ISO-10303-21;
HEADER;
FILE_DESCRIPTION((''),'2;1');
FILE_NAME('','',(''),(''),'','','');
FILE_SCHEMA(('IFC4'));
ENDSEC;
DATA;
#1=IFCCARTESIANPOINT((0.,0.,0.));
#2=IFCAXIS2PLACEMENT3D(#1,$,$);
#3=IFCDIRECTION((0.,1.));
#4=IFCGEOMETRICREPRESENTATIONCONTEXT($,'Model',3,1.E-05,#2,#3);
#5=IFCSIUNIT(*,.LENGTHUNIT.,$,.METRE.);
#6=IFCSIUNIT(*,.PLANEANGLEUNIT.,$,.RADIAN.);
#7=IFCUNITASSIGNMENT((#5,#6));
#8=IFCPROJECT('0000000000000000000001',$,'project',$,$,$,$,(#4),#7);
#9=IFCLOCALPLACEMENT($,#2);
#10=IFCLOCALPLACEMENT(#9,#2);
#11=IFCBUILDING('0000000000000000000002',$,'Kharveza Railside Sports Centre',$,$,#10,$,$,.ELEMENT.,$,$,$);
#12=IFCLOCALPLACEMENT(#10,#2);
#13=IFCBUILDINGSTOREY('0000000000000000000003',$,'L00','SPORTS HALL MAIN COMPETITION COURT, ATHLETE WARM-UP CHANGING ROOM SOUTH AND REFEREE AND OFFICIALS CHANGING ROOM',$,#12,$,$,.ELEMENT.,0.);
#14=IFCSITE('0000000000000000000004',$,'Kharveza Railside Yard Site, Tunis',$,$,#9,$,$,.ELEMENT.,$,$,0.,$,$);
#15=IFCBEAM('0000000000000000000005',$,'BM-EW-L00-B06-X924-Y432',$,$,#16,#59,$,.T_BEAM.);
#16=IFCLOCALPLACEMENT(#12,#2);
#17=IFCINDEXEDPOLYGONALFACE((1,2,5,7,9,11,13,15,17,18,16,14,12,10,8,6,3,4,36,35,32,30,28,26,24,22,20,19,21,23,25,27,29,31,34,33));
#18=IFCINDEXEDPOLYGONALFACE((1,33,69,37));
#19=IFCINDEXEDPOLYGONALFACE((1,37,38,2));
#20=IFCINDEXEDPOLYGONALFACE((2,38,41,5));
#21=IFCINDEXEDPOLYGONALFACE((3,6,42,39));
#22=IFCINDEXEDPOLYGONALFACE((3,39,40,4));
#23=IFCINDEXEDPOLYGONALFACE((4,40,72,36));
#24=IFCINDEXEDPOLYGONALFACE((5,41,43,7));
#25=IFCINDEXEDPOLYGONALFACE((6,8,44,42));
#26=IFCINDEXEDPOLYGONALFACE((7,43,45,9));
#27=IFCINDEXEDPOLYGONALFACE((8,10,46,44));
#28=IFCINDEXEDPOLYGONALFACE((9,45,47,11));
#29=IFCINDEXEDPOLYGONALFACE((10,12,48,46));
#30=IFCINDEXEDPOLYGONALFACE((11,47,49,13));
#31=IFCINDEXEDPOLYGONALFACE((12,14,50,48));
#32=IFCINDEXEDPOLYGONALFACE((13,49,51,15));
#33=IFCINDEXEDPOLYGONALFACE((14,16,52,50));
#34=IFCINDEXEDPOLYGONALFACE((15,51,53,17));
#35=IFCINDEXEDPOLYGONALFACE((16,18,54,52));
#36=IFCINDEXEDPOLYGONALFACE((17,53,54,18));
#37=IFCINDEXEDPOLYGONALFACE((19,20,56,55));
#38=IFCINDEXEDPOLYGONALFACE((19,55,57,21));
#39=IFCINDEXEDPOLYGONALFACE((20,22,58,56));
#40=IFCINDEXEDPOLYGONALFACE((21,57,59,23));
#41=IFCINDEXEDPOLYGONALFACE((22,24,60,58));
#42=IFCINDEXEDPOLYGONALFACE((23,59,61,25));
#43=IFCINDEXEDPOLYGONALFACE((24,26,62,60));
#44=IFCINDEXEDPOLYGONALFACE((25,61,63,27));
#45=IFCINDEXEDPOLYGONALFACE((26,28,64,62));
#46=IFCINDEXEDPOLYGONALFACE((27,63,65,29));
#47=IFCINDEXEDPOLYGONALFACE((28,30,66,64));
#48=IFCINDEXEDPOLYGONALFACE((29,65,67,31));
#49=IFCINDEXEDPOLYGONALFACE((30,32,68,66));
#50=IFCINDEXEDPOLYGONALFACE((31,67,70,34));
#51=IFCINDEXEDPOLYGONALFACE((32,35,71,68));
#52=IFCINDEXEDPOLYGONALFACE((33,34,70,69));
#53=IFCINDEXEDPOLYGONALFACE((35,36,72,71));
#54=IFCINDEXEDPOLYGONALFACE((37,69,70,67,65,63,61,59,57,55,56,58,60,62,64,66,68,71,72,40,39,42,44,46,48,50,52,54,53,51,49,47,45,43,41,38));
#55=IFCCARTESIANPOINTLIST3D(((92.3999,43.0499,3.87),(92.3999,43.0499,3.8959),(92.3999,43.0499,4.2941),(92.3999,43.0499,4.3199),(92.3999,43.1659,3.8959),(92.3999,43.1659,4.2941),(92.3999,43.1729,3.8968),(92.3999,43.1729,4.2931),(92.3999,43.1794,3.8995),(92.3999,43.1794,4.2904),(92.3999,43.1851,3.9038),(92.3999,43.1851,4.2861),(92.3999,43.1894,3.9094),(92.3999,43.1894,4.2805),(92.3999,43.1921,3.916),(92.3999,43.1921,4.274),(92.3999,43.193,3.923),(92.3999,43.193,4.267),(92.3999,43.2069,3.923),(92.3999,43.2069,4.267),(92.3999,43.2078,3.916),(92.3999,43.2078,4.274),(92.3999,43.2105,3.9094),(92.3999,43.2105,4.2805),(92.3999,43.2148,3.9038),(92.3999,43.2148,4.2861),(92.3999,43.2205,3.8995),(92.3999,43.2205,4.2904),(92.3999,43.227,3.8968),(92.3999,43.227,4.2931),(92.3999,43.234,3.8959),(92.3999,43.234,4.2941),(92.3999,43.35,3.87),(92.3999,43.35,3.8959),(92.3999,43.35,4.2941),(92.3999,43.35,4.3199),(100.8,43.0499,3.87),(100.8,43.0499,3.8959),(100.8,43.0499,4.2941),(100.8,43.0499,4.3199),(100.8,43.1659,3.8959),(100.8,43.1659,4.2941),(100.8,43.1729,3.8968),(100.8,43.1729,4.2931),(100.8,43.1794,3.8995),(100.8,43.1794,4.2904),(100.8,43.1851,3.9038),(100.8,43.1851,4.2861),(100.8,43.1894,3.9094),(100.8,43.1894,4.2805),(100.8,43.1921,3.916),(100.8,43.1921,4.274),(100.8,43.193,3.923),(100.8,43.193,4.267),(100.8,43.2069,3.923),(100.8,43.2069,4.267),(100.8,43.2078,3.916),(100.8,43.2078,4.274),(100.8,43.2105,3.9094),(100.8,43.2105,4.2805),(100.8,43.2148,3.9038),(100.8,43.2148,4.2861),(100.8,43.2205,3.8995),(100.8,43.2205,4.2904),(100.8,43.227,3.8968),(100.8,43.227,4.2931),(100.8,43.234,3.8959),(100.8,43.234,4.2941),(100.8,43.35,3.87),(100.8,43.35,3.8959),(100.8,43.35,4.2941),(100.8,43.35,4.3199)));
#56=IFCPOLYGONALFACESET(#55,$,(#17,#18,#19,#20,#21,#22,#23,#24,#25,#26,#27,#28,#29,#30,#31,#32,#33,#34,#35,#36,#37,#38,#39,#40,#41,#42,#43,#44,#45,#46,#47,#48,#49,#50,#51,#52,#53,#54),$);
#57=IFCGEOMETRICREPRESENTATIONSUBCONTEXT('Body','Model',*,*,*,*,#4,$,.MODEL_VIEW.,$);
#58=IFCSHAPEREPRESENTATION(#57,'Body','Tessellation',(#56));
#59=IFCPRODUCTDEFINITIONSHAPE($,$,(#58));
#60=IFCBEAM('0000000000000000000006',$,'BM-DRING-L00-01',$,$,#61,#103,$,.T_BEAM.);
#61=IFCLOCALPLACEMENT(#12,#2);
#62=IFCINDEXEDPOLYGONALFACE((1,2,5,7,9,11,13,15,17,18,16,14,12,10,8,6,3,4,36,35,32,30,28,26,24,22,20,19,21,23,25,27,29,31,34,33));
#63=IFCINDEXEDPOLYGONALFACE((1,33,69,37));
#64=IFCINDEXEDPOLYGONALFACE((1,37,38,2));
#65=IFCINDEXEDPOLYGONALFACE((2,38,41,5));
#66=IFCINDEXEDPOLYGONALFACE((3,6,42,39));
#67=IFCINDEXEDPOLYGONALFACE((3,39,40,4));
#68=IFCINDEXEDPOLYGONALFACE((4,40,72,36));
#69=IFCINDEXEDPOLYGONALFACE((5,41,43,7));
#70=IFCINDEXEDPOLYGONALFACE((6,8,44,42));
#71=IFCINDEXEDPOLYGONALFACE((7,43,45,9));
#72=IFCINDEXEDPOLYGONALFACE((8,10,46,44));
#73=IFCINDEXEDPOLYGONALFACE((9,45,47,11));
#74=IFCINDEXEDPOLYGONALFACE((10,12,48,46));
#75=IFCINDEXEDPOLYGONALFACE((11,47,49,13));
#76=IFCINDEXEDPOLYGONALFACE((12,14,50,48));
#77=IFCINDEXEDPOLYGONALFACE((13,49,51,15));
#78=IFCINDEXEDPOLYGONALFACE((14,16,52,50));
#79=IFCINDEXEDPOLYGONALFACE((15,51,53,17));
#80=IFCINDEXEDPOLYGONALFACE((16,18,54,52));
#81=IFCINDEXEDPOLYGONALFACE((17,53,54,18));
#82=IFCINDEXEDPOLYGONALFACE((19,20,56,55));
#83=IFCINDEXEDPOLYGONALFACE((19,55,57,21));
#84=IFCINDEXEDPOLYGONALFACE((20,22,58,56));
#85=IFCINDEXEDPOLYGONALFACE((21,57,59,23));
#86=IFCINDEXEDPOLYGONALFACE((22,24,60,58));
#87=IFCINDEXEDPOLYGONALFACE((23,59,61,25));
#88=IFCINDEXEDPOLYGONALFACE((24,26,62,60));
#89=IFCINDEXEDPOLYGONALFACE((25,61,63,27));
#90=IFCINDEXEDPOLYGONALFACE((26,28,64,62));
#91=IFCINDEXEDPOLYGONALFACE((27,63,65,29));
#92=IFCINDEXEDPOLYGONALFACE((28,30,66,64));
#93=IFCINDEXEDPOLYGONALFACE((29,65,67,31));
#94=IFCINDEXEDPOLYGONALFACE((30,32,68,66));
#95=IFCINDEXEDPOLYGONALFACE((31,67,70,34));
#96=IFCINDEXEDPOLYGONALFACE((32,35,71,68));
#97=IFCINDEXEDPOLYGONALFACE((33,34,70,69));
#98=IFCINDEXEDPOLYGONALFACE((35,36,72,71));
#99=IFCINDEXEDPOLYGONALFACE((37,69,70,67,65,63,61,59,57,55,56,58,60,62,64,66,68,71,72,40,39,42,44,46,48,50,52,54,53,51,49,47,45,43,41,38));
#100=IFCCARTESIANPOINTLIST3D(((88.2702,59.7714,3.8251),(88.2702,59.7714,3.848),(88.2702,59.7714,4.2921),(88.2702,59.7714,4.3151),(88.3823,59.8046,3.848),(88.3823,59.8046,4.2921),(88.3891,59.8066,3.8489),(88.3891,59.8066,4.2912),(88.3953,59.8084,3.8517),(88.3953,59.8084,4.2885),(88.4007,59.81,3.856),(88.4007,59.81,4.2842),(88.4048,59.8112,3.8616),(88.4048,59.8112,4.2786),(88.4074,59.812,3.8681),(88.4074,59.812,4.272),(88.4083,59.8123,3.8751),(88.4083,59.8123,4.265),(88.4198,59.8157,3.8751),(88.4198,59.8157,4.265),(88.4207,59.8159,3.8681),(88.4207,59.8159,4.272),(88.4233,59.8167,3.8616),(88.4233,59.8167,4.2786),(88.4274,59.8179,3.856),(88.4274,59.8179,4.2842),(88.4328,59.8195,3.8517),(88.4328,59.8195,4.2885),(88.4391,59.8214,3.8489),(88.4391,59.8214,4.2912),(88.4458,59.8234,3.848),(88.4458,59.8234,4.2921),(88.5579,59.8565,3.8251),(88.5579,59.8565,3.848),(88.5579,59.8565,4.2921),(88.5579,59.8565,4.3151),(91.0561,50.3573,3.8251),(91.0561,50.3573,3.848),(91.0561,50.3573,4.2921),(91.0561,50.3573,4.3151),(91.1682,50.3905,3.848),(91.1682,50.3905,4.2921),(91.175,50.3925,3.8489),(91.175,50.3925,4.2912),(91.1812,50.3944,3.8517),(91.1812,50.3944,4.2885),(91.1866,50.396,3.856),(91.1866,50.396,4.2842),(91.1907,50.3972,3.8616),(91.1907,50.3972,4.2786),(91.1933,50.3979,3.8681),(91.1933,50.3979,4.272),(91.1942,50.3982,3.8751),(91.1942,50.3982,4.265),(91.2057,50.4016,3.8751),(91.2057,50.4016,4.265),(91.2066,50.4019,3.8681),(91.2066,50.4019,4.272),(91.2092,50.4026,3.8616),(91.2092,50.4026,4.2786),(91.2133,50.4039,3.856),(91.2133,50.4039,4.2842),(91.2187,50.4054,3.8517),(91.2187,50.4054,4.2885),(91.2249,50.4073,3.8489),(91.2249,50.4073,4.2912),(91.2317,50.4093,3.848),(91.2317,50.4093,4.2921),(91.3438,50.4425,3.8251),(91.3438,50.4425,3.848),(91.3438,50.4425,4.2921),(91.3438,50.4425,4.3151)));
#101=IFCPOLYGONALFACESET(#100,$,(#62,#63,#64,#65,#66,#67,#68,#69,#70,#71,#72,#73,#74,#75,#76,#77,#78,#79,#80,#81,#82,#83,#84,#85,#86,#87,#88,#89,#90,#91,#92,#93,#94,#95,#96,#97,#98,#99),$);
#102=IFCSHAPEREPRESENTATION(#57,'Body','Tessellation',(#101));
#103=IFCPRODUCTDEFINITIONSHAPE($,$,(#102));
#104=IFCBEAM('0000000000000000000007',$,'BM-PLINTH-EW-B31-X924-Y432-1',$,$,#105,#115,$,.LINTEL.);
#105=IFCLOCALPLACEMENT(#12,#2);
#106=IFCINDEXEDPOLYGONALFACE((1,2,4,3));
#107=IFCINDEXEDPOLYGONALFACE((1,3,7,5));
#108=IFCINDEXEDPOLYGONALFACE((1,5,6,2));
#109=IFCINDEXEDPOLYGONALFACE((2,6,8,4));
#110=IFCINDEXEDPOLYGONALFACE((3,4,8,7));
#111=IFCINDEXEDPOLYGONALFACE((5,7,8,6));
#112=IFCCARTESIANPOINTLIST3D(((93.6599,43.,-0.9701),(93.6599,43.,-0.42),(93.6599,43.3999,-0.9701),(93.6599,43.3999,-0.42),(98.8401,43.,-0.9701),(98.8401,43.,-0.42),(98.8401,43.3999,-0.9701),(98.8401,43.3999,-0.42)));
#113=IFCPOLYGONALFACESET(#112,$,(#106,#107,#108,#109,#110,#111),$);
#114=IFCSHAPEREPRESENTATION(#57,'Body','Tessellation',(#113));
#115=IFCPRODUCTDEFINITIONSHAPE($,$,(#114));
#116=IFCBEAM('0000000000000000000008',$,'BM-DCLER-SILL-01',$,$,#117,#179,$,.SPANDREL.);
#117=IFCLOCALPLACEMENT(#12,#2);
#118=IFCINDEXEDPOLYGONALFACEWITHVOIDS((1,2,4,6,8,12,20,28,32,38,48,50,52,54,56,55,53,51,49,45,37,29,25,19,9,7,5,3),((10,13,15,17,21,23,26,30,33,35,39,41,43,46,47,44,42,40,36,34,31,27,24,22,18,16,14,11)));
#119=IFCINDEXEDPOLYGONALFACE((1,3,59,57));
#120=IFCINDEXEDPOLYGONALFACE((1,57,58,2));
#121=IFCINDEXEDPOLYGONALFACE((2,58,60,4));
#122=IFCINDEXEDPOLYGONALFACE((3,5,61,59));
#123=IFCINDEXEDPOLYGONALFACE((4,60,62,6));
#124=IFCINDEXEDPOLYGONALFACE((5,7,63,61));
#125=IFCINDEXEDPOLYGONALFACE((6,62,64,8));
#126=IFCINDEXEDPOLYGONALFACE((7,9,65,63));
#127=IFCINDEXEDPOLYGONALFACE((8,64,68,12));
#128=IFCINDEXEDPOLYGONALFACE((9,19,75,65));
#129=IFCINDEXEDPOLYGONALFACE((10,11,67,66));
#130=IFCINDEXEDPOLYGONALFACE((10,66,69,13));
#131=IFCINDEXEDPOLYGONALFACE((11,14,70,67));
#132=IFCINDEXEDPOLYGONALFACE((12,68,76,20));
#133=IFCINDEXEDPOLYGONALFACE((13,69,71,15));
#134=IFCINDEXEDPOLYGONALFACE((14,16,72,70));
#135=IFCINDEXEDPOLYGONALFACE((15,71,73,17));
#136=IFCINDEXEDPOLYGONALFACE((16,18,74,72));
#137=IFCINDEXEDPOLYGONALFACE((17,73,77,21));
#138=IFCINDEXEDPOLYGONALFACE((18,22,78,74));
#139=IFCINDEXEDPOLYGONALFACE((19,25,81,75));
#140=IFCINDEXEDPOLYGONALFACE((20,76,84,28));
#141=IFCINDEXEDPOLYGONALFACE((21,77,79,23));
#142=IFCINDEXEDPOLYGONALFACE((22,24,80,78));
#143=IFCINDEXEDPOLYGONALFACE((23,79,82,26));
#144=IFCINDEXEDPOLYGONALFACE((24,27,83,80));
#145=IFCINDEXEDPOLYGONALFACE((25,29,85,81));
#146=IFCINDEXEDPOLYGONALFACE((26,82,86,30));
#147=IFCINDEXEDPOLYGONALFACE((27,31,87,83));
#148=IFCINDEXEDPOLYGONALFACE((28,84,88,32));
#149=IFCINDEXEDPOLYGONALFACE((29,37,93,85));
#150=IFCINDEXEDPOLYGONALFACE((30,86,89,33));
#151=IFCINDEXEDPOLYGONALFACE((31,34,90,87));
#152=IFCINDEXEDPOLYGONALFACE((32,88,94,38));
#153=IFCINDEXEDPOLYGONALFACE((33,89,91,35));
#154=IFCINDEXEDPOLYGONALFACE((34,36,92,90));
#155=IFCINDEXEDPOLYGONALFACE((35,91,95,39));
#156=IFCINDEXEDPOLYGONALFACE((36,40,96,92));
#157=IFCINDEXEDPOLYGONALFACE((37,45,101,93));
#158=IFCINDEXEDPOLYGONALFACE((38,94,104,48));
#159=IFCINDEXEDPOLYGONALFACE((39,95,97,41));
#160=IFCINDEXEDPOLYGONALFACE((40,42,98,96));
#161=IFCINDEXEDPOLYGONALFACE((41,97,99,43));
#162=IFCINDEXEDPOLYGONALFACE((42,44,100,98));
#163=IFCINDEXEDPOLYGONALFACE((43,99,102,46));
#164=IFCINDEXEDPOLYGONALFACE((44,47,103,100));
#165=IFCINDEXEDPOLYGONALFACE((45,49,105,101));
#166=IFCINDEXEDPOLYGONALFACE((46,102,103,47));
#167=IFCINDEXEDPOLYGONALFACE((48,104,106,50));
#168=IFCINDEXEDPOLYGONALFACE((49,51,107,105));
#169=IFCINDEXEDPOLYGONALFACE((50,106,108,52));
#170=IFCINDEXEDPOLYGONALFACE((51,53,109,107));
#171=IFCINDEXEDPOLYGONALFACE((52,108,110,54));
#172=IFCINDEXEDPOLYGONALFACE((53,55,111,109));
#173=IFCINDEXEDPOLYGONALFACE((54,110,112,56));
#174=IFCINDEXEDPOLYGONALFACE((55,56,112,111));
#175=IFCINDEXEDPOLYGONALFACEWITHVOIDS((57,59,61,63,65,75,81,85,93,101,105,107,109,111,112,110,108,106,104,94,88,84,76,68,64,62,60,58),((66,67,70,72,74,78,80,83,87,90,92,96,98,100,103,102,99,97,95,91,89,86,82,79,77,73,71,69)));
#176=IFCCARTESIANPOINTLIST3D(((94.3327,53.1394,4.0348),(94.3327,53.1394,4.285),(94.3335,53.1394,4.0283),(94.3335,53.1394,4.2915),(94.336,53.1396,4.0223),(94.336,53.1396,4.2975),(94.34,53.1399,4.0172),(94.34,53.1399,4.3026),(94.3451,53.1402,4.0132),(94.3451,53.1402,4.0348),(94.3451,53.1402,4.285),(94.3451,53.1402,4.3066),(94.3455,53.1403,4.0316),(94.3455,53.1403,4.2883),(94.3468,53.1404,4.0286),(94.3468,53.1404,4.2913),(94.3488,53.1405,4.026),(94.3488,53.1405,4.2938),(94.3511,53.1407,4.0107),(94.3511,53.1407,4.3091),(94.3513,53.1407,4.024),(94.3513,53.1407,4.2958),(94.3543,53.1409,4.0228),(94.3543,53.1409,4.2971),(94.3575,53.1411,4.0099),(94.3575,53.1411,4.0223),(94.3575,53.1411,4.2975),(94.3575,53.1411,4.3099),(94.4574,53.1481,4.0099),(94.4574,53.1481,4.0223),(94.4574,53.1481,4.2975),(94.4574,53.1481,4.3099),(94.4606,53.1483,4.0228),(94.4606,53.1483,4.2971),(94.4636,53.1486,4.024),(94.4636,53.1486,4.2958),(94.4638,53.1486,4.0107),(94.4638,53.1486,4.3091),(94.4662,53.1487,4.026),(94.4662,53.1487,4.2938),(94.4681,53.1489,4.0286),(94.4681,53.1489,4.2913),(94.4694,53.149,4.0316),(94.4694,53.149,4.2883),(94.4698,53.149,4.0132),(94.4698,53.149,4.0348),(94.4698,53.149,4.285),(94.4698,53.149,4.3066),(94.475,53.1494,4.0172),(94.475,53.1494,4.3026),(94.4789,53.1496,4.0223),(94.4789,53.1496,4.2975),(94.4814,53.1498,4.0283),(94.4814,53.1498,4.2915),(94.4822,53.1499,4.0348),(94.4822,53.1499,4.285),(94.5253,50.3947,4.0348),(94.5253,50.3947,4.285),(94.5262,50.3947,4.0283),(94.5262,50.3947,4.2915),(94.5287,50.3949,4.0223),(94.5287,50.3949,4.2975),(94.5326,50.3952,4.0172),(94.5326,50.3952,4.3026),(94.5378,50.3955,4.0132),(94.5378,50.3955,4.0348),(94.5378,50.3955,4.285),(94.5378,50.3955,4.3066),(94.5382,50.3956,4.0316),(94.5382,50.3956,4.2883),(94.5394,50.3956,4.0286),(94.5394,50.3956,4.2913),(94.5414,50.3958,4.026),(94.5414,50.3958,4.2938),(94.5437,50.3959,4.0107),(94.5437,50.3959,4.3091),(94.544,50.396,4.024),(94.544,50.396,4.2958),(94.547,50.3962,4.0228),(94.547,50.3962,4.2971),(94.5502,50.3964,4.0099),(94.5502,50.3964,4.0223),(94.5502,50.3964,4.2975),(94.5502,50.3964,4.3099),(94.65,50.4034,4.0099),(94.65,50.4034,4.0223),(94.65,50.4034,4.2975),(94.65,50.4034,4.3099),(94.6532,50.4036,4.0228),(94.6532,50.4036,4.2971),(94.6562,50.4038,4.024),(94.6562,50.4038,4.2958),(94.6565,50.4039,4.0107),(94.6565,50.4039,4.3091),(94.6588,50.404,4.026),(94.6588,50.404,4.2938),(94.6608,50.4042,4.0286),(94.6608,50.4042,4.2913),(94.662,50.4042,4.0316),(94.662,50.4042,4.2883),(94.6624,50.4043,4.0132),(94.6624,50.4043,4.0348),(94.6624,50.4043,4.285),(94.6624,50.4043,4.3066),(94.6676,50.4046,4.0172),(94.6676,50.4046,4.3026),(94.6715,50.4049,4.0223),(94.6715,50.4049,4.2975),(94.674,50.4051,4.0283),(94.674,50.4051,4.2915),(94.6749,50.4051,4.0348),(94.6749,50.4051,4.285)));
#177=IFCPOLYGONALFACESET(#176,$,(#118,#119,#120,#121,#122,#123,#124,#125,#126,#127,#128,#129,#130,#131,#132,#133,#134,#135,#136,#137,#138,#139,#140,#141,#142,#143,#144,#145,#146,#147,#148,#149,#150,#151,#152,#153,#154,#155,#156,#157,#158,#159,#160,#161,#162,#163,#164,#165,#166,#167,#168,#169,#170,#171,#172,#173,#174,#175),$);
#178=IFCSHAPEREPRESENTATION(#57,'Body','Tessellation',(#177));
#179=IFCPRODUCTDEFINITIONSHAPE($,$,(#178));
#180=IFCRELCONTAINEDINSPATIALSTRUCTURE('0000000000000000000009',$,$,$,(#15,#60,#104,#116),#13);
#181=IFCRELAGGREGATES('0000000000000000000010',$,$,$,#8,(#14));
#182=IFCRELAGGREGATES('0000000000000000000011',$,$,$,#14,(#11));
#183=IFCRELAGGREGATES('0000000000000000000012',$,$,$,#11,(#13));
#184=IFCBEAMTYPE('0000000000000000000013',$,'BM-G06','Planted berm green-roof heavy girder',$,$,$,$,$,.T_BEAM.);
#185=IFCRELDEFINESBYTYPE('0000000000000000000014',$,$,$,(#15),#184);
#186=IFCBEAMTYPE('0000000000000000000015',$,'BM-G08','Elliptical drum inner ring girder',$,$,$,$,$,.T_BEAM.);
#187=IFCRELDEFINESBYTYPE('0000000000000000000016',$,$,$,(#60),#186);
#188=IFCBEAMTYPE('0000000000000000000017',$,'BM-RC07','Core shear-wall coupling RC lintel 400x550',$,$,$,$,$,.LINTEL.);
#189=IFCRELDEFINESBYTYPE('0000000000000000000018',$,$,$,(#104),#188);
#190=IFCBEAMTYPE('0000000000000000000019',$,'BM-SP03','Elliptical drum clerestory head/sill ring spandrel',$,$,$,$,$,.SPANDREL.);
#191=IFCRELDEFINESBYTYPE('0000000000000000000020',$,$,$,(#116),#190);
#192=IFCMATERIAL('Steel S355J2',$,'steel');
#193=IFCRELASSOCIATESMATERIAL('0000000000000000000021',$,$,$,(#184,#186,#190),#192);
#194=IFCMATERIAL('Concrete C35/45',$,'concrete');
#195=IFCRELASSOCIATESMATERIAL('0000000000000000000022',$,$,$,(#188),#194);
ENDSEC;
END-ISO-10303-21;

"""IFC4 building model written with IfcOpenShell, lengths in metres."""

from ifc_helpers import new_model, si_unit, direction, frame, origin, origin_2d, place, context, subcontext, project, spatial, rectangle, hollow_rectangle, i_section, extrude, material, material_profile, profile_set, type_object, element, save


model = new_model("IFC4")

# Units and contexts
model_context = context("Model", 3, precision=1e-05, world=origin(), true_north=direction((0.0, 1.0)))
body_context = subcontext(model_context, "Body", "Model", "MODEL_VIEW")
ifc_project = project(units=[si_unit("LENGTHUNIT", "METRE"), si_unit("PLANEANGLEUNIT", "RADIAN")], contexts=[model_context])

# Site, building, storey
site_placement = place(None, origin())
site = spatial("IfcSite", under=ifc_project, at=site_placement, Name="Kharveza Railside Yard Site, Tunis", CompositionType="ELEMENT", RefElevation=0.0)
building_placement = place(site_placement, origin())
building = spatial("IfcBuilding", under=site, at=building_placement, Name="Kharveza Railside Sports Centre", CompositionType="ELEMENT")
storey_placement = place(building_placement, origin())
storey = spatial("IfcBuildingStorey", under=building, at=storey_placement, Name="L00", Description="SPORTS HALL MAIN COMPETITION COURT, ATHLETE WARM-UP CHANGING ROOM SOUTH AND REFEREE AND OFFICIALS CHANGING ROOM", CompositionType="ELEMENT", Elevation=0.0)

# Shared definitions
ifc_material_1 = material(Name="Concrete C35/45", Category="concrete")

# Shared definitions
ifc_material_2 = material(Name="Steel S355J2", Category="steel")

# Beams
ifc_material_profile_1 = material_profile(ifc_material_2, i_section(OverallWidth=0.3, OverallDepth=0.45, WebThickness=0.0139, FlangeThickness=0.0259, FilletRadius=0.0271, at=origin_2d()), Name="HEB 450")
ifc_profile_set_1 = profile_set([ifc_material_profile_1], Name="Steel S355J2")
beam_type_1 = type_object("IfcBeamType", Name="BM-G06", Description="Planted berm green-roof heavy girder", PredefinedType="T_BEAM", material=ifc_profile_set_1)
beam_1_placement = place(storey_placement, frame((92.3999, 43.2, 4.095), z_axis=(1.0, 0.0, 0.0), x_axis=(0.0, 1.0, 0.0)))
element("IfcBeam", 1, at=beam_1_placement, inside=storey, type_object=beam_type_1, Name="BM-EW-L00-B06-X924-Y432", PredefinedType="T_BEAM", context=body_context, shape_type="SweptSolid", body=[
    extrude(i_section(OverallWidth=0.3, OverallDepth=0.45, WebThickness=0.0139, FlangeThickness=0.0259, FilletRadius=0.0271, at=origin_2d()), origin(), (0.0, 0.0, 1.0), 8.4001),
])
ifc_material_profile_2 = material_profile(ifc_material_2, i_section(OverallWidth=0.3, OverallDepth=0.49, WebThickness=0.012, FlangeThickness=0.0229, FilletRadius=0.0271, at=origin_2d()), Name="HEA 500")
ifc_profile_set_2 = profile_set([ifc_material_profile_2], Name="Steel S355J2")
beam_type_2 = type_object("IfcBeamType", Name="BM-G08", Description="Elliptical drum inner ring girder", PredefinedType="T_BEAM", material=ifc_profile_set_2)
beam_2_placement = place(storey_placement, frame((91.2, 50.3999, 4.0701), z_axis=(-0.283764, 0.958894, 0.0), x_axis=(-0.958894, -0.283764, 0.0)))
element("IfcBeam", 2, at=beam_2_placement, inside=storey, type_object=beam_type_2, Name="BM-DRING-L00-01", PredefinedType="T_BEAM", context=body_context, shape_type="SweptSolid", body=[
    extrude(i_section(OverallWidth=0.3, OverallDepth=0.49, WebThickness=0.012, FlangeThickness=0.0229, FilletRadius=0.0271, at=origin_2d()), origin(), (0.0, 0.0, 1.0), 9.8176),
])
ifc_material_profile_3 = material_profile(ifc_material_1, rectangle(XDim=0.3999, YDim=0.55, at=origin_2d()), Name="RCB 400x550")
ifc_profile_set_3 = profile_set([ifc_material_profile_3], Name="Concrete C35/45")
beam_type_3 = type_object("IfcBeamType", Name="BM-RC07", Description="Core shear-wall coupling RC lintel 400x550", PredefinedType="LINTEL", material=ifc_profile_set_3)
beam_3_placement = place(storey_placement, frame((93.6599, 43.2, -0.6951), z_axis=(1.0, 0.0, 0.0), x_axis=(0.0, 1.0, 0.0)))
element("IfcBeam", 3, at=beam_3_placement, inside=storey, type_object=beam_type_3, Name="BM-PLINTH-EW-B31-X924-Y432-1", PredefinedType="LINTEL", context=body_context, shape_type="SweptSolid", body=[
    extrude(rectangle(XDim=0.3999, YDim=0.55, at=origin_2d()), origin(), (0.0, 0.0, 1.0), 5.1802),
])
ifc_material_profile_4 = material_profile(ifc_material_2, hollow_rectangle(XDim=0.1499, YDim=0.3, WallThickness=0.0125, InnerFilletRadius=0.0125, OuterFilletRadius=0.0249, at=origin_2d()), Name="RHS 150x300x12.5")
ifc_profile_set_4 = profile_set([ifc_material_profile_4], Name="Steel S355J2")
beam_type_4 = type_object("IfcBeamType", Name="BM-SP03", Description="Elliptical drum clerestory head/sill ring spandrel", PredefinedType="SPANDREL", material=ifc_profile_set_4)
beam_4_placement = place(storey_placement, frame((94.6001, 50.3999, 4.1599), z_axis=(-0.070011, 0.997546, 0.0), x_axis=(-0.997546, -0.070011, 0.0)))
element("IfcBeam", 4, at=beam_4_placement, inside=storey, type_object=beam_type_4, Name="BM-DCLER-SILL-01", PredefinedType="SPANDREL", context=body_context, shape_type="SweptSolid", body=[
    extrude(hollow_rectangle(XDim=0.1499, YDim=0.3, WallThickness=0.0125, InnerFilletRadius=0.0125, OuterFilletRadius=0.0249, at=origin_2d()), origin(), (0.0, 0.0, 1.0), 2.7515),
])

save(model, "model.ifc")
